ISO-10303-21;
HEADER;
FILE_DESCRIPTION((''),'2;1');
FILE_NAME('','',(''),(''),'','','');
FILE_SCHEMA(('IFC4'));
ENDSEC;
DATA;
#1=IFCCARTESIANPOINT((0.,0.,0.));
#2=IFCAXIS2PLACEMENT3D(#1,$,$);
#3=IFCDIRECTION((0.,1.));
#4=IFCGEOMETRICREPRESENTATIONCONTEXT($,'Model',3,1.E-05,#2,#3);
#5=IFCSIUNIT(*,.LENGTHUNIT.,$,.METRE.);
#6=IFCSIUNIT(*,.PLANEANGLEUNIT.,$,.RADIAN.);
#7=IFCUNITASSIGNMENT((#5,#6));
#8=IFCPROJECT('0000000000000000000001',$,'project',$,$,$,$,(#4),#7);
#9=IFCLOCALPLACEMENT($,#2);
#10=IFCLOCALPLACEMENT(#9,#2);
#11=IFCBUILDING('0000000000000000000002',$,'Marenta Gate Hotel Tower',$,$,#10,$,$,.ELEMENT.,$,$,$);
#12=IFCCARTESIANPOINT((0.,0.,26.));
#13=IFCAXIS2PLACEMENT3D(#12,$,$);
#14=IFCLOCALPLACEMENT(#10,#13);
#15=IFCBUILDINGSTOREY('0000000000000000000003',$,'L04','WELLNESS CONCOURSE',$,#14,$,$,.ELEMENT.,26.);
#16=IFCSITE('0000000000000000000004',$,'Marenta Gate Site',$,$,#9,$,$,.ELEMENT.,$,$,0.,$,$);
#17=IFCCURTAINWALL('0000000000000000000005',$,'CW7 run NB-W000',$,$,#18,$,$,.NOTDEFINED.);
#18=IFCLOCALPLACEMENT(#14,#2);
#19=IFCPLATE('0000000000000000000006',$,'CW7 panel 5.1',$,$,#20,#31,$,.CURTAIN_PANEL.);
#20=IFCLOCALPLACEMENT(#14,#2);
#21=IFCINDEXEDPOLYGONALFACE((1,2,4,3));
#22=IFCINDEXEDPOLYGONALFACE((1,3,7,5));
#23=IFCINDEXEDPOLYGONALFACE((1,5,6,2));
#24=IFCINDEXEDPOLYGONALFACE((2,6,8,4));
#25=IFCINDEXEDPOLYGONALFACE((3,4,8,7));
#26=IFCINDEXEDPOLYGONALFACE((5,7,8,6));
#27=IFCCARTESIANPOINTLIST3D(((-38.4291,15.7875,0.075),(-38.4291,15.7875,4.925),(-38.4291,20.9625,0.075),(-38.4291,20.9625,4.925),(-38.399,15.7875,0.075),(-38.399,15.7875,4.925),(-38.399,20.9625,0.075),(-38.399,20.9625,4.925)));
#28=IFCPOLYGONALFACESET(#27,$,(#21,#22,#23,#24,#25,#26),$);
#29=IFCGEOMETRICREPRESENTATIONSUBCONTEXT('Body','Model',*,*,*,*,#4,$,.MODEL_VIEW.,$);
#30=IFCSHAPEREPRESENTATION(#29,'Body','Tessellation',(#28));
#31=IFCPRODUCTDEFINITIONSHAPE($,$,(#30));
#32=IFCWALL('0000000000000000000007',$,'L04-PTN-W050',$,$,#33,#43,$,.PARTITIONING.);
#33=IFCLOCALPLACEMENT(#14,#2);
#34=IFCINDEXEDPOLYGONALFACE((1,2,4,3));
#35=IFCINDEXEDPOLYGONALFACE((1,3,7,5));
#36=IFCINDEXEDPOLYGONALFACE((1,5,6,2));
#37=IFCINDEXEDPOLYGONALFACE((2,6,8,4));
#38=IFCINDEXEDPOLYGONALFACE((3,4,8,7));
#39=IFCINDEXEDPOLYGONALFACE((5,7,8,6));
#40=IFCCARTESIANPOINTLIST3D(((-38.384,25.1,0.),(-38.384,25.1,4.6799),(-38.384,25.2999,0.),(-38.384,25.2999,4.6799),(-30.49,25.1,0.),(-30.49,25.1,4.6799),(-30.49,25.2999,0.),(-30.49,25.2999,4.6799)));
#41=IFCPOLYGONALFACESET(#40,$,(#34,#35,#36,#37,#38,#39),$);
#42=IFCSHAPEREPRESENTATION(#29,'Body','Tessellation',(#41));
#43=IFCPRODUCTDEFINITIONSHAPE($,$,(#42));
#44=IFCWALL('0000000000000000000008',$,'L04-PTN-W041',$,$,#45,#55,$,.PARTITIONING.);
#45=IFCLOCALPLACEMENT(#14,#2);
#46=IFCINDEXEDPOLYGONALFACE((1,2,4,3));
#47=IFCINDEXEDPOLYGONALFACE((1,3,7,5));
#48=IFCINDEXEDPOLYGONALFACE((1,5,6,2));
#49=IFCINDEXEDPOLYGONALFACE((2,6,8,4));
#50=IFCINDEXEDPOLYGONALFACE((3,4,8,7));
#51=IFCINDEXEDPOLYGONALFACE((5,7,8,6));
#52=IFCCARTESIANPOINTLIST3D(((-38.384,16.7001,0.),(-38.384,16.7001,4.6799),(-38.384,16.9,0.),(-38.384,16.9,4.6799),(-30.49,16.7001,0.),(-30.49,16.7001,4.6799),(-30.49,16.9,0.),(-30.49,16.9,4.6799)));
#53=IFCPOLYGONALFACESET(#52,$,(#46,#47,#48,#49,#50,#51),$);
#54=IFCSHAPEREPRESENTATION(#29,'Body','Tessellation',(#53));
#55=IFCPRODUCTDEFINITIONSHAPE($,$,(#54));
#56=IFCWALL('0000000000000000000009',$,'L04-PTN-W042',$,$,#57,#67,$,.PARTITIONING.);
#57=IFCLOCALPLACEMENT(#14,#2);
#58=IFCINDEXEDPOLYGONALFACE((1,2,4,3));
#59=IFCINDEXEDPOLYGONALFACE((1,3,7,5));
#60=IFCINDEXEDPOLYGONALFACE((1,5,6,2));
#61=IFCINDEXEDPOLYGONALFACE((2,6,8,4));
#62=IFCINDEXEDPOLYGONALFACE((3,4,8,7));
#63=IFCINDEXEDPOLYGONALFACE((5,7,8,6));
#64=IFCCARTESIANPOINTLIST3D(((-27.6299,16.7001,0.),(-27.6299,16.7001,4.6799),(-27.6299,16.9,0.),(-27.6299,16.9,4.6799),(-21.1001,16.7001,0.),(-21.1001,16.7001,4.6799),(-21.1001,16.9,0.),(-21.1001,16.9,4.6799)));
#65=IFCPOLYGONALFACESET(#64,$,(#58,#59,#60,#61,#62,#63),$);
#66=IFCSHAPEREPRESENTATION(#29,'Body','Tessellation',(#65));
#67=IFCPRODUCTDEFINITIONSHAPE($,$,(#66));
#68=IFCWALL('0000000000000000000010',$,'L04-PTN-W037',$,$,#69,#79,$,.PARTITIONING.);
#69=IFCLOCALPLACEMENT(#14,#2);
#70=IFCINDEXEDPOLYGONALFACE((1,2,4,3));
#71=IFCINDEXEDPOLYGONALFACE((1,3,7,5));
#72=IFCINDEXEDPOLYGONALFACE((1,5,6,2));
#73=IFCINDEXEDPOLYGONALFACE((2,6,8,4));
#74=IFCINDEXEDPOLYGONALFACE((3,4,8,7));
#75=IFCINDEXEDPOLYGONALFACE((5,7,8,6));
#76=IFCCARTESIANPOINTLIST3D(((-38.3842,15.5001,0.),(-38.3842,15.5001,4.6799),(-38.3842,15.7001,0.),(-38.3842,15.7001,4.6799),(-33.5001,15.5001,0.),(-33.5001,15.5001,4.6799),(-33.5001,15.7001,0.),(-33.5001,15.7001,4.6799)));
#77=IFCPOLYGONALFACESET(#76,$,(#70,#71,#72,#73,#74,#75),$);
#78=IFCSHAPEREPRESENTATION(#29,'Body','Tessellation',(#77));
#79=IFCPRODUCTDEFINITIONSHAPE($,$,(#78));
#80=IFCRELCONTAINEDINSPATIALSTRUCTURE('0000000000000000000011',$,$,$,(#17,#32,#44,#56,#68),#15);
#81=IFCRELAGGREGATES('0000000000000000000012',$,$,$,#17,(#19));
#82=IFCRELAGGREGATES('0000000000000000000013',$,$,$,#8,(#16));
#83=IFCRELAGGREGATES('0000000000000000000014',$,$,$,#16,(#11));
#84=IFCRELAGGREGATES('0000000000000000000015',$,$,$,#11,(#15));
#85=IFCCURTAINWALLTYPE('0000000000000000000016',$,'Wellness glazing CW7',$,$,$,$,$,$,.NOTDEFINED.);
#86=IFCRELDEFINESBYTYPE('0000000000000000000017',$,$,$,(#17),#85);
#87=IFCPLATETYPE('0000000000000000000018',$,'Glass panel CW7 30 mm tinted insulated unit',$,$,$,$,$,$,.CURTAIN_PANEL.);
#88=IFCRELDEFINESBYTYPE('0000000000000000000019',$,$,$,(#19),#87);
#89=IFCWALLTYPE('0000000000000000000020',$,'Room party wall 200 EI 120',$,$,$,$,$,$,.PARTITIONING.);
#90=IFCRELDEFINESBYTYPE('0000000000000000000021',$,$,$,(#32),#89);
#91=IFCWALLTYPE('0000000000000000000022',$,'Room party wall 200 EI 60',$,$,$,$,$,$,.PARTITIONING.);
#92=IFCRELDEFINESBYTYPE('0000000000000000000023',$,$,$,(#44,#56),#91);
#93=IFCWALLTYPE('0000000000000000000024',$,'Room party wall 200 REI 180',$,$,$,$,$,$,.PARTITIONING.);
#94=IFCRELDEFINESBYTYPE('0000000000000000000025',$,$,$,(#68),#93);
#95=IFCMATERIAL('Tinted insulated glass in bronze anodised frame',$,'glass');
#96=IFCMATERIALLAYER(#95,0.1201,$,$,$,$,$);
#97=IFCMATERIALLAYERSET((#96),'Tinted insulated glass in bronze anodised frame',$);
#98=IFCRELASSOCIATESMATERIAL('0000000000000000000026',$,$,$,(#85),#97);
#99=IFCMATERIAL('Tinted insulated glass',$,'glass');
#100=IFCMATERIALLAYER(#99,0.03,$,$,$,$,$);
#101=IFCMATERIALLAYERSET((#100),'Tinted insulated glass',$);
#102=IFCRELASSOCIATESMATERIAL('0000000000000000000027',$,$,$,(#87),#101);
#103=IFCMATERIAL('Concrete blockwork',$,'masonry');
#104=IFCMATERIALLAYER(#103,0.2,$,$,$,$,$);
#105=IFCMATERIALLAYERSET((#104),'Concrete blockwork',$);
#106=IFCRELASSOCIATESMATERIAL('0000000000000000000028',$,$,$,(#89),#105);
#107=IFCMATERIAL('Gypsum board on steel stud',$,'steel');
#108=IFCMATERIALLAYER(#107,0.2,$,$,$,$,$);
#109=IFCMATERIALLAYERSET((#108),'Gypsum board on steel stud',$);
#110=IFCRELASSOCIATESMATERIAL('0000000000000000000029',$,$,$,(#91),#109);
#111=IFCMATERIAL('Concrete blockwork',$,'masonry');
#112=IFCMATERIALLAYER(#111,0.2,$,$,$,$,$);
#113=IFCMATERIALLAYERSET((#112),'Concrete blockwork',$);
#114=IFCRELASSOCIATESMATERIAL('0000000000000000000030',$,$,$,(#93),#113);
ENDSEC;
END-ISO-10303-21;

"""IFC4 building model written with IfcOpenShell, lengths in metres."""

from ifc_helpers import new_model, si_unit, direction, frame, frame_2d, origin, origin_2d, place, context, subcontext, project, spatial, rectangle, extrude, material, layer, layer_set, type_object, element, aggregate, save


model = new_model("IFC4")

# Units and contexts
model_context = context("Model", 3, precision=1e-05, world=origin(), true_north=direction((0.0, 1.0)))
body_context = subcontext(model_context, "Body", "Model", "MODEL_VIEW")
ifc_project = project(units=[si_unit("LENGTHUNIT", "METRE"), si_unit("PLANEANGLEUNIT", "RADIAN")], contexts=[model_context])

# Site, building, storey
site_placement = place(None, origin())
site = spatial("IfcSite", under=ifc_project, at=site_placement, Name="Marenta Gate Site", CompositionType="ELEMENT", RefElevation=0.0)
building_placement = place(site_placement, origin())
building = spatial("IfcBuilding", under=site, at=building_placement, Name="Marenta Gate Hotel Tower", CompositionType="ELEMENT")
storey_placement = place(building_placement, frame((0.0, 0.0, 26.0)))
storey = spatial("IfcBuildingStorey", under=building, at=storey_placement, Name="L04", Description="WELLNESS CONCOURSE", CompositionType="ELEMENT", Elevation=26.0)

# Curtain wall
ifc_material_1 = material(Name="Tinted insulated glass in bronze anodised frame", Category="glass")
ifc_layer_1 = layer(ifc_material_1, 0.1201)
ifc_layer_set_1 = layer_set([ifc_layer_1], Name="Tinted insulated glass in bronze anodised frame")
curtain_wall_type = type_object("IfcCurtainWallType", Name="Wellness glazing CW7", PredefinedType="NOTDEFINED", material=ifc_layer_set_1)
curtain_wall_placement = place(storey_placement, origin())
curtain_wall = element("IfcCurtainWall", 1, at=curtain_wall_placement, inside=storey, type_object=curtain_wall_type, Name="CW7 run NB-W000", PredefinedType="NOTDEFINED")

# Plate
ifc_material_2 = material(Name="Tinted insulated glass", Category="glass")
ifc_layer_2 = layer(ifc_material_2, 0.03)
ifc_layer_set_2 = layer_set([ifc_layer_2], Name="Tinted insulated glass")
plate_type = type_object("IfcPlateType", Name="Glass panel CW7 30 mm tinted insulated unit", PredefinedType="CURTAIN_PANEL", material=ifc_layer_set_2)
plate_1_placement = place(storey_placement, frame((-38.4141, 18.375, 0.075), z_axis=(0.0, 0.0, 1.0), x_axis=(0.0, -1.0, 0.0)))
plate_1 = element("IfcPlate", 2, at=plate_1_placement, type_object=plate_type, Name="CW7 panel 5.1", PredefinedType="CURTAIN_PANEL", context=body_context, shape_type="SweptSolid", body=[
    extrude(rectangle(XDim=5.175, YDim=0.03, at=origin_2d()), origin(), (0.0, 0.0, 1.0), 4.8501),
])
aggregate(curtain_wall, [plate_1])

# Walls
ifc_material_3 = material(Name="Concrete blockwork", Category="masonry")
ifc_layer_3 = layer(ifc_material_3, 0.2)
ifc_layer_set_3 = layer_set([ifc_layer_3], Name="Concrete blockwork")
wall_type_1 = type_object("IfcWallType", Name="Room party wall 200 EI 120", PredefinedType="PARTITIONING", material=ifc_layer_set_3)
wall_1_placement = place(storey_placement, frame((-38.384, 25.2, 0.0), z_axis=(0.0, 0.0, 1.0), x_axis=(1.0, 0.0, 0.0)))
element("IfcWall", 3, at=wall_1_placement, inside=storey, type_object=wall_type_1, Name="L04-PTN-W050", PredefinedType="PARTITIONING", context=body_context, shape_type="SweptSolid", body=[
    extrude(rectangle(XDim=7.894, YDim=0.2, at=frame_2d((3.947, 0.0))), origin(), (0.0, 0.0, 1.0), 4.6799),
])
ifc_material_4 = material(Name="Gypsum board on steel stud", Category="steel")
ifc_layer_4 = layer(ifc_material_4, 0.2)
ifc_layer_set_4 = layer_set([ifc_layer_4], Name="Gypsum board on steel stud")
wall_type_2 = type_object("IfcWallType", Name="Room party wall 200 EI 60", PredefinedType="PARTITIONING", material=ifc_layer_set_4)
wall_2_placement = place(storey_placement, frame((-38.384, 16.8, 0.0), z_axis=(0.0, 0.0, 1.0), x_axis=(1.0, 0.0, 0.0)))
element("IfcWall", 4, at=wall_2_placement, inside=storey, type_object=wall_type_2, Name="L04-PTN-W041", PredefinedType="PARTITIONING", context=body_context, shape_type="SweptSolid", body=[
    extrude(rectangle(XDim=7.894, YDim=0.2, at=frame_2d((3.947, 0.0))), origin(), (0.0, 0.0, 1.0), 4.6799),
])
wall_3_placement = place(storey_placement, frame((-27.6299, 16.8, 0.0), z_axis=(0.0, 0.0, 1.0), x_axis=(1.0, 0.0, 0.0)))
element("IfcWall", 5, at=wall_3_placement, inside=storey, type_object=wall_type_2, Name="L04-PTN-W042", PredefinedType="PARTITIONING", context=body_context, shape_type="SweptSolid", body=[
    extrude(rectangle(XDim=6.5298, YDim=0.2, at=frame_2d((3.2649, 0.0))), origin(), (0.0, 0.0, 1.0), 4.6799),
])
ifc_material_5 = material(Name="Concrete blockwork", Category="masonry")
ifc_layer_5 = layer(ifc_material_5, 0.2)
ifc_layer_set_5 = layer_set([ifc_layer_5], Name="Concrete blockwork")
wall_type_3 = type_object("IfcWallType", Name="Room party wall 200 REI 180", PredefinedType="PARTITIONING", material=ifc_layer_set_5)
wall_4_placement = place(storey_placement, frame((-38.384, 15.6001, 0.0), z_axis=(0.0, 0.0, 1.0), x_axis=(1.0, 0.0, 0.0)))
element("IfcWall", 6, at=wall_4_placement, inside=storey, type_object=wall_type_3, Name="L04-PTN-W037", PredefinedType="PARTITIONING", context=body_context, shape_type="SweptSolid", body=[
    extrude(rectangle(XDim=4.884, YDim=0.2, at=frame_2d((2.4419, 0.0))), origin(), (0.0, 0.0, 1.0), 4.6799),
])

save(model, "model.ifc")
